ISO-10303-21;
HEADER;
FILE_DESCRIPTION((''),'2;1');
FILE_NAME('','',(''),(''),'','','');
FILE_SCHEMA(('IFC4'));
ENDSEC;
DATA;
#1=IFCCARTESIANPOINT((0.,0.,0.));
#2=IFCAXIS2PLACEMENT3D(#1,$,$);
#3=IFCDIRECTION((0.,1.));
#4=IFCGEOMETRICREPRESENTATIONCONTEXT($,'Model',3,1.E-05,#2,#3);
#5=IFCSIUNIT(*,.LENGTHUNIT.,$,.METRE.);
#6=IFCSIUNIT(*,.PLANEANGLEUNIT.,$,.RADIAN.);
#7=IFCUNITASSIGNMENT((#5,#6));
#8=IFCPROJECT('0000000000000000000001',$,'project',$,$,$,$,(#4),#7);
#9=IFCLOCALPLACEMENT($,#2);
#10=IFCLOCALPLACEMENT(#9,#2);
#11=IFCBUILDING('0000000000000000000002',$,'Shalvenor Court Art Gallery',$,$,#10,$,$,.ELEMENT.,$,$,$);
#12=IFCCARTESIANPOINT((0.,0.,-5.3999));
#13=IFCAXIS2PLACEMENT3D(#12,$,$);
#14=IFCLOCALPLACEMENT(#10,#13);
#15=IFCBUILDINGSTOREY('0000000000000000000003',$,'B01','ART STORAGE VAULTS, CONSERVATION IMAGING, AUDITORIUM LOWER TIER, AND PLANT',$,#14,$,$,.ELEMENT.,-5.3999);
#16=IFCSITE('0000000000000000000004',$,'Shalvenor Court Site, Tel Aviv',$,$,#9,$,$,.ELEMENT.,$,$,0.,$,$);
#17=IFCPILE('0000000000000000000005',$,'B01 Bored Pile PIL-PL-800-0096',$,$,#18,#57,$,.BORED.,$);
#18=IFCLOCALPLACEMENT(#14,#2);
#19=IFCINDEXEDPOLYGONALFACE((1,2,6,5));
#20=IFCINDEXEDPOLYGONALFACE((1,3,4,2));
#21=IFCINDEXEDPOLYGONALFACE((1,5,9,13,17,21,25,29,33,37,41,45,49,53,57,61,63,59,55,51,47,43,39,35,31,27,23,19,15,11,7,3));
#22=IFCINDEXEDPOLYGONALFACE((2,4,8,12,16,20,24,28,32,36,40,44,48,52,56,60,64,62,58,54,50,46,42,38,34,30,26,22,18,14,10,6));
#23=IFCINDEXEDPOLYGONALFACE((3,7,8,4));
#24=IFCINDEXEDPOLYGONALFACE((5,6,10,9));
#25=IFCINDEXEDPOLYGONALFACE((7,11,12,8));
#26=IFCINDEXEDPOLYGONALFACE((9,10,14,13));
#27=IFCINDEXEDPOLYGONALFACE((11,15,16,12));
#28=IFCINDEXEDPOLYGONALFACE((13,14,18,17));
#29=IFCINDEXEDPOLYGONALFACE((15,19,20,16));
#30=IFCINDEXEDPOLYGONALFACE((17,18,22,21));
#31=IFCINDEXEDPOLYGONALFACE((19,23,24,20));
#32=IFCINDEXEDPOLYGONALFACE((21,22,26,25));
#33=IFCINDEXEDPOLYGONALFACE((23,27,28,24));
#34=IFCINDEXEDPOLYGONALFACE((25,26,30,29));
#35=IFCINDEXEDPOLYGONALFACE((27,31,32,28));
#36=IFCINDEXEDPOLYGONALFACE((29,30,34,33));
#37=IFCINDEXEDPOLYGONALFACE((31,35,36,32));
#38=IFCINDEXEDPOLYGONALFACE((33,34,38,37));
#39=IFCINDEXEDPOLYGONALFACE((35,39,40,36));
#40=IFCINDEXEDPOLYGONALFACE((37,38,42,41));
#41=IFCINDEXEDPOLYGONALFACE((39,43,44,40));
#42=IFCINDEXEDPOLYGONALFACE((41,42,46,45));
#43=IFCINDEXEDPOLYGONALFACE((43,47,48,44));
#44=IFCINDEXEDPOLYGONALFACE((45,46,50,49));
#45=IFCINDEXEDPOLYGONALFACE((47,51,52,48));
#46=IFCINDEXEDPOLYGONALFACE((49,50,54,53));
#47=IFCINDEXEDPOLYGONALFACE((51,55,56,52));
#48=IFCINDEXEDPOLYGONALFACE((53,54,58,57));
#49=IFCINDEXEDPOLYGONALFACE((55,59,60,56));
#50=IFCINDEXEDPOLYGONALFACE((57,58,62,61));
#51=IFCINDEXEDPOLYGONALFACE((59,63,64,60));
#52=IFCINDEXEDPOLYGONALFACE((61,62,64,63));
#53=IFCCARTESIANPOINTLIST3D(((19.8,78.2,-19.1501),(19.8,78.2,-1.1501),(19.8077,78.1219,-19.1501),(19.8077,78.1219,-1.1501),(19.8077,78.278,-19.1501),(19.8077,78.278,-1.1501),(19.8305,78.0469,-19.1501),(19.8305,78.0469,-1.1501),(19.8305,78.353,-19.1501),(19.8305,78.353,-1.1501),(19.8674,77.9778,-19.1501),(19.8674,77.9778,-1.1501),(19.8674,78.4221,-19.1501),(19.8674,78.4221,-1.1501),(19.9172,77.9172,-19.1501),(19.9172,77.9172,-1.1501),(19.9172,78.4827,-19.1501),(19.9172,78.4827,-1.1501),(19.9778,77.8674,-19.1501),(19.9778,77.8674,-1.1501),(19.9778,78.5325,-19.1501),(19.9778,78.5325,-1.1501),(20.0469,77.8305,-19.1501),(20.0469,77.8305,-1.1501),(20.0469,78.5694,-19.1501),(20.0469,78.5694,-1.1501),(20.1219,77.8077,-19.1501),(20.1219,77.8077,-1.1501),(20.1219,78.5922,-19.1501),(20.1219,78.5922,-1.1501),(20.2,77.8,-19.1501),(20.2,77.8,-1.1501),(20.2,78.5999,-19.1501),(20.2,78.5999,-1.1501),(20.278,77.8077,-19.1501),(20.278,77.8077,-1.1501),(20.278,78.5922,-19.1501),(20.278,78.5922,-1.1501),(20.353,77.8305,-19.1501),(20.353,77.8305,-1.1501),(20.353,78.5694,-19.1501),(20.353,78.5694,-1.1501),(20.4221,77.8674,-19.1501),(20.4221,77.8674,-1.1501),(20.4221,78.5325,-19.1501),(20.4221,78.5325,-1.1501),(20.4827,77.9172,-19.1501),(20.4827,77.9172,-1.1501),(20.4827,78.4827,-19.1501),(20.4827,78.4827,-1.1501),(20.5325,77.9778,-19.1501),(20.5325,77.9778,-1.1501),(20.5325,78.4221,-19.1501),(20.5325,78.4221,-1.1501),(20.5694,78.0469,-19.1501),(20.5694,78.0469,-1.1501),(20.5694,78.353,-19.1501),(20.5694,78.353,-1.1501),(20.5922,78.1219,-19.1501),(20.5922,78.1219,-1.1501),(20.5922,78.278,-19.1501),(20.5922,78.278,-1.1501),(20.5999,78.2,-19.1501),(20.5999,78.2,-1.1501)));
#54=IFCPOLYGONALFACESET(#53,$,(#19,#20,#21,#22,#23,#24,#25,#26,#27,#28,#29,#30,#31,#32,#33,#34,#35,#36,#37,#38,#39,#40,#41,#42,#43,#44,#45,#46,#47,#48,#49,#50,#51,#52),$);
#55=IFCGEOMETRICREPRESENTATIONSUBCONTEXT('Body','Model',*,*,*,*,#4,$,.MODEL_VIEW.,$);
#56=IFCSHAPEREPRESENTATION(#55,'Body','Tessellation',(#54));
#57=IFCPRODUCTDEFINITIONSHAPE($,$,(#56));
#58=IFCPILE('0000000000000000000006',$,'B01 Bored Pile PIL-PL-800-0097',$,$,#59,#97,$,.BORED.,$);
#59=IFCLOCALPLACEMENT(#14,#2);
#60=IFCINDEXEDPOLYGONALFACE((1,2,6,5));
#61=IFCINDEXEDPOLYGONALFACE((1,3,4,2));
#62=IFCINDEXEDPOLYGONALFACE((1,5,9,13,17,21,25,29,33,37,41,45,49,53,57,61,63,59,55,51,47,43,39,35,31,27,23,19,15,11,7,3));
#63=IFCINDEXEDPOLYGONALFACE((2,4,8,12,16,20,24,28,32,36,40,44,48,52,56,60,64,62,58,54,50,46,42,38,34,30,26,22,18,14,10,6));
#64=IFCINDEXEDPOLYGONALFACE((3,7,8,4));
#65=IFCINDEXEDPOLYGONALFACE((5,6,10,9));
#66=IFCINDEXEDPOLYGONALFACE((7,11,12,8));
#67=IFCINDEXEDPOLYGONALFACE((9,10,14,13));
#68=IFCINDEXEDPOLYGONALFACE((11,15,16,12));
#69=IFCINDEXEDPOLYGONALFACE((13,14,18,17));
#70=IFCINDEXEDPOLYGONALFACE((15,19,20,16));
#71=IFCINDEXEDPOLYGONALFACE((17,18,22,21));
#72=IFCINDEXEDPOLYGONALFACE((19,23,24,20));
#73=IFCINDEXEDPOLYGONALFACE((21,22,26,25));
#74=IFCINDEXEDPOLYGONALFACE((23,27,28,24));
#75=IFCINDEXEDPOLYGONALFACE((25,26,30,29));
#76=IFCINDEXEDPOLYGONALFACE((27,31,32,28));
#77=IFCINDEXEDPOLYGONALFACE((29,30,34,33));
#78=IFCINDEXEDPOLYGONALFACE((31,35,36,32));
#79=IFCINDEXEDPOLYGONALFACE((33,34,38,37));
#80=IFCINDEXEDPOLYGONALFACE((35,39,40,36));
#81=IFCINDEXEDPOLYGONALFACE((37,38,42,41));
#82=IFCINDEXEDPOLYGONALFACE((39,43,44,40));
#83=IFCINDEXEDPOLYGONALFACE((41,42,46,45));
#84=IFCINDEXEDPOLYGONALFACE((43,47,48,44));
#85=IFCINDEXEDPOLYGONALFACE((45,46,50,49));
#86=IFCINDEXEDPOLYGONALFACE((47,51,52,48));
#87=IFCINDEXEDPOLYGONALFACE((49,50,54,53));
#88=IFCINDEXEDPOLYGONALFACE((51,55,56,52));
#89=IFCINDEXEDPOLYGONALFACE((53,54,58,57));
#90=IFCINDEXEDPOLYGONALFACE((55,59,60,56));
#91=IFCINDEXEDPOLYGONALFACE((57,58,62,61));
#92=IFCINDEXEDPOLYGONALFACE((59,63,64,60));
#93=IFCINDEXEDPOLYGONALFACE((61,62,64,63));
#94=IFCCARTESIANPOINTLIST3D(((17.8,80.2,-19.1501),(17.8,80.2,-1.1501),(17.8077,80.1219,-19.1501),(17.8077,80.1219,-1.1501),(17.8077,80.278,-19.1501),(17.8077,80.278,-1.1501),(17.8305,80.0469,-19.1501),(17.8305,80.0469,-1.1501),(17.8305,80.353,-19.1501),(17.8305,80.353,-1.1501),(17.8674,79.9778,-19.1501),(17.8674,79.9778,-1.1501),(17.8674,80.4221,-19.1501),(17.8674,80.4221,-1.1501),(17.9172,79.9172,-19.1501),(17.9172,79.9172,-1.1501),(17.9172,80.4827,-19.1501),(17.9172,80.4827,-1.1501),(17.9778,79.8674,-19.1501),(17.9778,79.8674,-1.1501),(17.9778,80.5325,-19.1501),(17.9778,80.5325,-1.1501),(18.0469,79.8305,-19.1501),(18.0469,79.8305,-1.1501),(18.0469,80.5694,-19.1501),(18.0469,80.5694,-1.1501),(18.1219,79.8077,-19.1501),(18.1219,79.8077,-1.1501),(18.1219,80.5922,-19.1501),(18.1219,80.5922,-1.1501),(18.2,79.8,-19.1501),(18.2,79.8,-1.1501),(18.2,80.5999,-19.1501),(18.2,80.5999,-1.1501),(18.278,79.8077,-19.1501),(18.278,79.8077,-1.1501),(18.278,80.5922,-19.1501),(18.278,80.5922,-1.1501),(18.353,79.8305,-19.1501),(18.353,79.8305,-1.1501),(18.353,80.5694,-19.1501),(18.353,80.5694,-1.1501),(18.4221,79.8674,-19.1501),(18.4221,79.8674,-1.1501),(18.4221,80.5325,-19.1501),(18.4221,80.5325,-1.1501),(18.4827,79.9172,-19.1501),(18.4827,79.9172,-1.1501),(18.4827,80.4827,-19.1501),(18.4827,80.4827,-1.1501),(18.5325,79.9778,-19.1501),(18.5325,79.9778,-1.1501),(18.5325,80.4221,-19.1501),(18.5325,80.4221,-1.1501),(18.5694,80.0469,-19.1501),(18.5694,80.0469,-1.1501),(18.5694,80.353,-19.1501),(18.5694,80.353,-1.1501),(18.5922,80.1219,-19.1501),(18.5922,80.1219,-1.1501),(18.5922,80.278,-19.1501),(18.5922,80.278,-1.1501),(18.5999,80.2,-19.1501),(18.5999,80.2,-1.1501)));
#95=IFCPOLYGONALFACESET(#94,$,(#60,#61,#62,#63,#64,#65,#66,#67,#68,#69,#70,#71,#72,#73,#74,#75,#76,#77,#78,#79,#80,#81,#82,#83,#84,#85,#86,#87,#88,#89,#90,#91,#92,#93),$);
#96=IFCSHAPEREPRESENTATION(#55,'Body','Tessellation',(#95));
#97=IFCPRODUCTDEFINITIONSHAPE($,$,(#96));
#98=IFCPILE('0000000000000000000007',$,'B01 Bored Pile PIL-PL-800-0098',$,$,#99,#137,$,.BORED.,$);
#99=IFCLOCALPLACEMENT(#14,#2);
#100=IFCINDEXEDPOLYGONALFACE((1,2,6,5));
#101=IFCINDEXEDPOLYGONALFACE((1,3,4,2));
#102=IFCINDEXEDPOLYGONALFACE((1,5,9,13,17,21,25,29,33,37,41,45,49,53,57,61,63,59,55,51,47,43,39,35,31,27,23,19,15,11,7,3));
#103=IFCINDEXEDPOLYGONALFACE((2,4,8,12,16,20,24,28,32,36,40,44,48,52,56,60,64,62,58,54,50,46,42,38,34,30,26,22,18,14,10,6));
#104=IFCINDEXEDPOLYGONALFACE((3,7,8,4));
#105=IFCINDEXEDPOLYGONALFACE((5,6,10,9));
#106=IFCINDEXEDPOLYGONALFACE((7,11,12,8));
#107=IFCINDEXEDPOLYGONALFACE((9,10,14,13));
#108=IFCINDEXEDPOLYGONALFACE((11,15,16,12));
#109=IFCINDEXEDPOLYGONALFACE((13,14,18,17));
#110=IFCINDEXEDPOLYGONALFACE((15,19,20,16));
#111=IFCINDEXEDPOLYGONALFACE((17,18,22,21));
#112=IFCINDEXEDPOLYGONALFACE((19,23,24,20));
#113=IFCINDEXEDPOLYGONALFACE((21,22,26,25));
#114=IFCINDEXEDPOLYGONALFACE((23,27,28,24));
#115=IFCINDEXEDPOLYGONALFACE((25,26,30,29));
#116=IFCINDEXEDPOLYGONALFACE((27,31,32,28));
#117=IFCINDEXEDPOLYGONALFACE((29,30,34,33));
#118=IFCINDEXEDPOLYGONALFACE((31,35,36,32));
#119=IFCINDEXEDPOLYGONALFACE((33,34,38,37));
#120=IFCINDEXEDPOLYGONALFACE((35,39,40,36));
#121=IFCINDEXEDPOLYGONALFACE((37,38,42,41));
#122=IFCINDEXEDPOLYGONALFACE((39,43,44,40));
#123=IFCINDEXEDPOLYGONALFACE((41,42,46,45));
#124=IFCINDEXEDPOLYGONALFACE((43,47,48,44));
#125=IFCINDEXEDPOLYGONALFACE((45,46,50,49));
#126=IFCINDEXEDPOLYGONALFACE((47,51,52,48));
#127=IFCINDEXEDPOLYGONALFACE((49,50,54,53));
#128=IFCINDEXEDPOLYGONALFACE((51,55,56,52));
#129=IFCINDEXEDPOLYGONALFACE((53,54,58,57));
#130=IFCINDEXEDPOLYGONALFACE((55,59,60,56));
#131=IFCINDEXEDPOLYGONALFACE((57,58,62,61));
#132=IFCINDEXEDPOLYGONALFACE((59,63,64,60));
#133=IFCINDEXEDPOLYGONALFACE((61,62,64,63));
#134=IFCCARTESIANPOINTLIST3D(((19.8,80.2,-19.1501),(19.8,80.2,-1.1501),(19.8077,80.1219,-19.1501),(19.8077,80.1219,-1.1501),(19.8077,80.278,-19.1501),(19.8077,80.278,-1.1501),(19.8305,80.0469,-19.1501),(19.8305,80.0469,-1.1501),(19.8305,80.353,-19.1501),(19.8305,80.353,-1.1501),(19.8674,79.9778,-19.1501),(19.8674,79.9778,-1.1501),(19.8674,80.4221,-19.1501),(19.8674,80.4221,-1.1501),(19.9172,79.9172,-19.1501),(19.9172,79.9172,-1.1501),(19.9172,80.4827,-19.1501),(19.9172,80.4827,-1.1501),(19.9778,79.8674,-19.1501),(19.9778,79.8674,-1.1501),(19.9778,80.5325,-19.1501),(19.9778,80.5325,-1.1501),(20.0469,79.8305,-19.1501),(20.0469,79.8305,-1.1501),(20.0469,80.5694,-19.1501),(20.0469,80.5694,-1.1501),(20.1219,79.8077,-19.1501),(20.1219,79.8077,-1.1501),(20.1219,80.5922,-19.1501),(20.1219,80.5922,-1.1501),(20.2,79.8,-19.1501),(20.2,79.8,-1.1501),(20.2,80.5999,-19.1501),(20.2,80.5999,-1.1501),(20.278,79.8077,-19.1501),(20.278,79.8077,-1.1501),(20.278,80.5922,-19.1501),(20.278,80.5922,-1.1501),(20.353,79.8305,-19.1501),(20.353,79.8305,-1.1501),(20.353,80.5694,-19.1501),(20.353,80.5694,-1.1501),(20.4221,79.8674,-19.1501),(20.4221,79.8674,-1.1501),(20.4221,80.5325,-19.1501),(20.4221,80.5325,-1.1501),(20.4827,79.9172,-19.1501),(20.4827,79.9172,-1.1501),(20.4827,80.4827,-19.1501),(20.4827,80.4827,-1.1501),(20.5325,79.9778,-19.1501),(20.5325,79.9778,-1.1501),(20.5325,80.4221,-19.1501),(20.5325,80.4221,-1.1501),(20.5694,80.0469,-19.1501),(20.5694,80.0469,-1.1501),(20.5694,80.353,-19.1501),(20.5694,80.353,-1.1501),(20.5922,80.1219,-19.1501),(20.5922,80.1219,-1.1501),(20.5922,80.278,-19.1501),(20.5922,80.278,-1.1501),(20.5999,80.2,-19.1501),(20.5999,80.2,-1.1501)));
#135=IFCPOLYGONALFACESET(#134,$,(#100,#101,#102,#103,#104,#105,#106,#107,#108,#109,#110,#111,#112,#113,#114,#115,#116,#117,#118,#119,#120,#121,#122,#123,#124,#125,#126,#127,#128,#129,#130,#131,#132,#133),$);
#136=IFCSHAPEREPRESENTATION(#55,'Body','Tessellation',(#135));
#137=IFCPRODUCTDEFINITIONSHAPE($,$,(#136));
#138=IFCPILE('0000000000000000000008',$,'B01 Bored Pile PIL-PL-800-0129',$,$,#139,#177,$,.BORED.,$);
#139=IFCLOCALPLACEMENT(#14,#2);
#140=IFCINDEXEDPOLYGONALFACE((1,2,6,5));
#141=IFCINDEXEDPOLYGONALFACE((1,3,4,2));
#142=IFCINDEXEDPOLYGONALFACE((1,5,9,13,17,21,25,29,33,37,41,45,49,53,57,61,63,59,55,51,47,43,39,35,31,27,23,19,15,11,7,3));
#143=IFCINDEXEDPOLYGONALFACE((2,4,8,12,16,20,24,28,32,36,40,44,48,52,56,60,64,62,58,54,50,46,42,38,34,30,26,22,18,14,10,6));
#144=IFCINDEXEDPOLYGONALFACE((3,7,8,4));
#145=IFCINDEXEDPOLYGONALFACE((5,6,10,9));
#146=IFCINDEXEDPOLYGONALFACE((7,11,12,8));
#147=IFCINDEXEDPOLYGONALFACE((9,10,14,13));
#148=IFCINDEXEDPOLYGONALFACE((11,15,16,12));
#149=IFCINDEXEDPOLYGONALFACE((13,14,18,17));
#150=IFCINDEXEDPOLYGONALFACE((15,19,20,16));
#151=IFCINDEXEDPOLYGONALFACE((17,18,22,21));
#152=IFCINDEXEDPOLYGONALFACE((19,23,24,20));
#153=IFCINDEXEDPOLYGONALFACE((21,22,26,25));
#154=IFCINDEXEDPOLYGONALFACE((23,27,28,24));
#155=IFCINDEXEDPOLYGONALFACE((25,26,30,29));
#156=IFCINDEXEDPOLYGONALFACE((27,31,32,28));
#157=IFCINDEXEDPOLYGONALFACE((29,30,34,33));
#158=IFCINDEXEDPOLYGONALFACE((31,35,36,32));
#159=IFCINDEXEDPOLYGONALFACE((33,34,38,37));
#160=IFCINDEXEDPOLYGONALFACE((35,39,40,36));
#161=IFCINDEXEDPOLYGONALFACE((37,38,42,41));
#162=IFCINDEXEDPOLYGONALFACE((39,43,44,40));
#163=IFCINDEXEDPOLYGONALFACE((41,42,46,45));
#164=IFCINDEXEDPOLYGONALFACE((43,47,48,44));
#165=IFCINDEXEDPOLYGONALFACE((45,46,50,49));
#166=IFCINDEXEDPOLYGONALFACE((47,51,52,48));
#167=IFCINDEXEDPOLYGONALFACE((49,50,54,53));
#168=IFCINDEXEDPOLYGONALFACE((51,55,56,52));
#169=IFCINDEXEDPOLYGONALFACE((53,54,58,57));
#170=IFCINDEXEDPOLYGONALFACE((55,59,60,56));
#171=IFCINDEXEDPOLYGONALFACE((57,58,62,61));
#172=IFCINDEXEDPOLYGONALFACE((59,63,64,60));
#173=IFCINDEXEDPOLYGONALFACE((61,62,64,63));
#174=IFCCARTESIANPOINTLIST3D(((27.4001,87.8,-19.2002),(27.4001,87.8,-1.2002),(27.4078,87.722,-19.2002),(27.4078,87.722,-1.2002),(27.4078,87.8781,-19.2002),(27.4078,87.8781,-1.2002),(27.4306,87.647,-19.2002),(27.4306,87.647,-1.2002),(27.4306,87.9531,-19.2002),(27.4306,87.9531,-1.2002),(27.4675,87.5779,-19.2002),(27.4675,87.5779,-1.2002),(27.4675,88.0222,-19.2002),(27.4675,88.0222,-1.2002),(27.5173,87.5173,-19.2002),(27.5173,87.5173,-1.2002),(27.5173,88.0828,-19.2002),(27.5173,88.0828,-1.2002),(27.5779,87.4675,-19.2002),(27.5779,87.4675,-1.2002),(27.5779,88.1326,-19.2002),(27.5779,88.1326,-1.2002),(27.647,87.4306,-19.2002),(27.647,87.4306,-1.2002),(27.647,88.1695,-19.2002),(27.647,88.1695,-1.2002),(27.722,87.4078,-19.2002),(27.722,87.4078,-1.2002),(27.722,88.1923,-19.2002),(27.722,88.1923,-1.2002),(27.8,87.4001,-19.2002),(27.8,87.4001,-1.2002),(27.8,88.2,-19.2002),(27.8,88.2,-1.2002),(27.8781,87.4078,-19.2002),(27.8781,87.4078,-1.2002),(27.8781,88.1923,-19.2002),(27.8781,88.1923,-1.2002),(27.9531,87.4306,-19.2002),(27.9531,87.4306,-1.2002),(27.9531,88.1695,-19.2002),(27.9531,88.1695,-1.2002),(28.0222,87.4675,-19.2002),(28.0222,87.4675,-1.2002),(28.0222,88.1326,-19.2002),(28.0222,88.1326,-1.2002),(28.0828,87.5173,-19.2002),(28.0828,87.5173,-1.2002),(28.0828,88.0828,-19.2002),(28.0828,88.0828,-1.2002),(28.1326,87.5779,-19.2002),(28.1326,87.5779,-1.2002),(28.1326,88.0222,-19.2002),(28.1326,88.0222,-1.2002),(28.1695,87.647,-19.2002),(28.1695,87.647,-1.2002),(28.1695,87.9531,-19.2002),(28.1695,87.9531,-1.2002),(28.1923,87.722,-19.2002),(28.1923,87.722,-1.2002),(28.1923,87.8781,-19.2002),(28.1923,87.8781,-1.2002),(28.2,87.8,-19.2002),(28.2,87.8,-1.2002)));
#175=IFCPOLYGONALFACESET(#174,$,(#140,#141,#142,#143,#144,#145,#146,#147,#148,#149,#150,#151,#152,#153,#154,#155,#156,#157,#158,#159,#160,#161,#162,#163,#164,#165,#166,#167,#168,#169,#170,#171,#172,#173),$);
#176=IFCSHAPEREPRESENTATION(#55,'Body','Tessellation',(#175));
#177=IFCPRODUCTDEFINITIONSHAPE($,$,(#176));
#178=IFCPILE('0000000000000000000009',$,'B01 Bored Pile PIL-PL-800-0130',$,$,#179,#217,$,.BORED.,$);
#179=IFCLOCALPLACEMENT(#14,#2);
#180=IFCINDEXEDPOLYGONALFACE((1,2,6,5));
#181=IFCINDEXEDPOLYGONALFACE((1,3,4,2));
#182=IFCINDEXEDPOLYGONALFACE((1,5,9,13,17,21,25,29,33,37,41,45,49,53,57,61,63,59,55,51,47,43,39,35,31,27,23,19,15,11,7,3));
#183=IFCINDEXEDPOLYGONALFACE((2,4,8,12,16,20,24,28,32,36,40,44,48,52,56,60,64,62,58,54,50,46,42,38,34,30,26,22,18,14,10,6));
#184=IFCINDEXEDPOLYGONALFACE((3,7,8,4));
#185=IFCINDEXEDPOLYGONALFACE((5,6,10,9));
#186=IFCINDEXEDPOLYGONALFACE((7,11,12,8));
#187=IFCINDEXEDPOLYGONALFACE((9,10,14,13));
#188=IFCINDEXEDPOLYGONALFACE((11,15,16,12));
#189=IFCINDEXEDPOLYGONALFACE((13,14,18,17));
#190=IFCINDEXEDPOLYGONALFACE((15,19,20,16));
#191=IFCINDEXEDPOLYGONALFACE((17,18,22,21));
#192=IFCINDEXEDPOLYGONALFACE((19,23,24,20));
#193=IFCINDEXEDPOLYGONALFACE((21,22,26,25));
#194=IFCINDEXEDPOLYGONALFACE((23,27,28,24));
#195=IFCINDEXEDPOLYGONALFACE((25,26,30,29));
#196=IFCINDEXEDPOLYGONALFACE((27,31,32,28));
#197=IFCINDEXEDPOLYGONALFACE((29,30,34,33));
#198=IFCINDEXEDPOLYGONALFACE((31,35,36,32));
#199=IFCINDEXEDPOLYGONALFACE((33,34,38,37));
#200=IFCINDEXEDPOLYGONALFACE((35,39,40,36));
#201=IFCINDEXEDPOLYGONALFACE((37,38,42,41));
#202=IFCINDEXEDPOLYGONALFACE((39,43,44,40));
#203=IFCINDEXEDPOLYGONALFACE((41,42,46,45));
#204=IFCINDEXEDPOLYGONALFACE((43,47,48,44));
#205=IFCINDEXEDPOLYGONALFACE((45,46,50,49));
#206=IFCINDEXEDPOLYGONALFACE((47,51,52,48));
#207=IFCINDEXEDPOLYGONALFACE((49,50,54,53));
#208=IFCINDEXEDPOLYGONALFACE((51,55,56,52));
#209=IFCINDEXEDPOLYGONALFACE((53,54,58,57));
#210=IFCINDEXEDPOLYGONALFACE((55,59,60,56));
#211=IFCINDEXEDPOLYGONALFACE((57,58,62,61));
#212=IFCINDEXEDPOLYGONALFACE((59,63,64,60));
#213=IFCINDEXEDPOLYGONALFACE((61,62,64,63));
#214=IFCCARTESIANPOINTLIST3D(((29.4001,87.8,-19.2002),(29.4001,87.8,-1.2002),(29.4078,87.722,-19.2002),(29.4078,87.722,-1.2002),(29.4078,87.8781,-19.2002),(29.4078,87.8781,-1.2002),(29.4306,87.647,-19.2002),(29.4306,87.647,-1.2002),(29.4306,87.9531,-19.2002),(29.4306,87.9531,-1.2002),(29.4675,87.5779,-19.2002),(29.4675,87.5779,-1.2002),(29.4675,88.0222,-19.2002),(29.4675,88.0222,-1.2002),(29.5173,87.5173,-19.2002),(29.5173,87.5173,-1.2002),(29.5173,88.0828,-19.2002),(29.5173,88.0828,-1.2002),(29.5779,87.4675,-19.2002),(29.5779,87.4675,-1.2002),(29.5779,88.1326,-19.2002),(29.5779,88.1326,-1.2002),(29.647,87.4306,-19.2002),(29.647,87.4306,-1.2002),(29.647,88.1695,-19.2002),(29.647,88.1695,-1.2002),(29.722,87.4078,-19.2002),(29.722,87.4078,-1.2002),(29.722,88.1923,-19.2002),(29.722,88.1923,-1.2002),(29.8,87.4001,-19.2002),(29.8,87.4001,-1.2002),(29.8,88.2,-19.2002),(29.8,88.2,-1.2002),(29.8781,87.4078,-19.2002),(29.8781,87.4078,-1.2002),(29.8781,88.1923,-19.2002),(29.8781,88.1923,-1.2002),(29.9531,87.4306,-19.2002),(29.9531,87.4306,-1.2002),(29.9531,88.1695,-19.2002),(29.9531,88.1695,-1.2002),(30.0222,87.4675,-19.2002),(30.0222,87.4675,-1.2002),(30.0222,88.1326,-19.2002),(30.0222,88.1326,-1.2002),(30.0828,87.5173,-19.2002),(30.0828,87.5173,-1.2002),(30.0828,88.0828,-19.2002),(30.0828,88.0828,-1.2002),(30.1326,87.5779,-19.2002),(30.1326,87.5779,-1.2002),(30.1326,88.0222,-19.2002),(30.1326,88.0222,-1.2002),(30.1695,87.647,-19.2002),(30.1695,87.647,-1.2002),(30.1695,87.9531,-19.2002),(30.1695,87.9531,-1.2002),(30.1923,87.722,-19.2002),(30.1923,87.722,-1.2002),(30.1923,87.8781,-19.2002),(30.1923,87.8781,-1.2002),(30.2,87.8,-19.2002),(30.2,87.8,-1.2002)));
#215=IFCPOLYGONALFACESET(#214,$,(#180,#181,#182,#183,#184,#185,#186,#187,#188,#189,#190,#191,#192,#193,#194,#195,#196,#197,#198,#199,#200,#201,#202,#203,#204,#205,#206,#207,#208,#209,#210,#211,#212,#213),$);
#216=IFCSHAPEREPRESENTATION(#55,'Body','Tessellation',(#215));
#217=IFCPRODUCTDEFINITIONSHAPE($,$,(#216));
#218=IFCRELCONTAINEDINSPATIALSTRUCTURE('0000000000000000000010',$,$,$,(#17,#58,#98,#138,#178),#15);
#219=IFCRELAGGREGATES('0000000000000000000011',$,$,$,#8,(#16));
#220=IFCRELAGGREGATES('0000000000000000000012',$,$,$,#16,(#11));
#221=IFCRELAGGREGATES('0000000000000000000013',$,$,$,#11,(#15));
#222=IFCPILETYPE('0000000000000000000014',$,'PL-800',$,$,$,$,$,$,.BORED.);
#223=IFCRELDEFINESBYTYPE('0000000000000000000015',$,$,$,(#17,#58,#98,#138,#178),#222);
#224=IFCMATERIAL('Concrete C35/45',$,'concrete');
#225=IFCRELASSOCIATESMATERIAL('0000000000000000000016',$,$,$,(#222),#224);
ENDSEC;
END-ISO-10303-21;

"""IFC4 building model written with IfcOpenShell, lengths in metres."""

from ifc_helpers import new_model, si_unit, direction, frame, origin, origin_2d, place, context, subcontext, project, spatial, circle, extrude, material, material_profile, profile_set, type_object, element, save


model = new_model("IFC4")

# Units and contexts
model_context = context("Model", 3, precision=1e-05, world=origin(), true_north=direction((0.0, 1.0)))
body_context = subcontext(model_context, "Body", "Model", "MODEL_VIEW")
ifc_project = project(units=[si_unit("LENGTHUNIT", "METRE"), si_unit("PLANEANGLEUNIT", "RADIAN")], contexts=[model_context])

# Site, building, storey
site_placement = place(None, origin())
site = spatial("IfcSite", under=ifc_project, at=site_placement, Name="Shalvenor Court Site, Tel Aviv", CompositionType="ELEMENT", RefElevation=0.0)
building_placement = place(site_placement, origin())
building = spatial("IfcBuilding", under=site, at=building_placement, Name="Shalvenor Court Art Gallery", CompositionType="ELEMENT")
storey_placement = place(building_placement, frame((0.0, 0.0, -5.3999)))
storey = spatial("IfcBuildingStorey", under=building, at=storey_placement, Name="B01", Description="ART STORAGE VAULTS, CONSERVATION IMAGING, AUDITORIUM LOWER TIER, AND PLANT", CompositionType="ELEMENT", Elevation=-5.3999)

# Piles
ifc_material_1 = material(Name="Concrete C35/45", Category="concrete")
ifc_material_profile_1 = material_profile(ifc_material_1, circle(Radius=0.3999, at=origin_2d()), Name="PILE 800")
ifc_profile_set_1 = profile_set([ifc_material_profile_1], Name="Concrete C35/45")
pile_type_1 = type_object("IfcPileType", Name="PL-800", PredefinedType="BORED", material=ifc_profile_set_1)
for number, where, z_axis, x_axis, name in (
    (1, (20.2, 78.2, -1.1501), (0.0, 0.0, -1.0), (1.0, 0.0, 0.0), "B01 Bored Pile PIL-PL-800-0096"),
    (2, (18.2, 80.2, -1.1501), (0.0, 0.0, -1.0), (1.0, 0.0, 0.0), "B01 Bored Pile PIL-PL-800-0097"),
    (3, (20.2, 80.2, -1.1501), (0.0, 0.0, -1.0), (1.0, 0.0, 0.0), "B01 Bored Pile PIL-PL-800-0098"),
    (4, (27.8, 87.8, -1.2002), (0.0, 0.0, -1.0), (1.0, 0.0, 0.0), "B01 Bored Pile PIL-PL-800-0129"),
    (5, (29.8, 87.8, -1.2002), (0.0, 0.0, -1.0), (1.0, 0.0, 0.0), "B01 Bored Pile PIL-PL-800-0130"),
):
    element("IfcPile", number, at=place(storey_placement, frame(where, z_axis=z_axis, x_axis=x_axis)), inside=storey, type_object=pile_type_1, Name=name, PredefinedType="BORED", context=body_context, shape_type="SweptSolid", body=[
        extrude(circle(Radius=0.3999, at=origin_2d()), origin(), (0.0, 0.0, 1.0), 18.0),
    ])

save(model, "model.ifc")
